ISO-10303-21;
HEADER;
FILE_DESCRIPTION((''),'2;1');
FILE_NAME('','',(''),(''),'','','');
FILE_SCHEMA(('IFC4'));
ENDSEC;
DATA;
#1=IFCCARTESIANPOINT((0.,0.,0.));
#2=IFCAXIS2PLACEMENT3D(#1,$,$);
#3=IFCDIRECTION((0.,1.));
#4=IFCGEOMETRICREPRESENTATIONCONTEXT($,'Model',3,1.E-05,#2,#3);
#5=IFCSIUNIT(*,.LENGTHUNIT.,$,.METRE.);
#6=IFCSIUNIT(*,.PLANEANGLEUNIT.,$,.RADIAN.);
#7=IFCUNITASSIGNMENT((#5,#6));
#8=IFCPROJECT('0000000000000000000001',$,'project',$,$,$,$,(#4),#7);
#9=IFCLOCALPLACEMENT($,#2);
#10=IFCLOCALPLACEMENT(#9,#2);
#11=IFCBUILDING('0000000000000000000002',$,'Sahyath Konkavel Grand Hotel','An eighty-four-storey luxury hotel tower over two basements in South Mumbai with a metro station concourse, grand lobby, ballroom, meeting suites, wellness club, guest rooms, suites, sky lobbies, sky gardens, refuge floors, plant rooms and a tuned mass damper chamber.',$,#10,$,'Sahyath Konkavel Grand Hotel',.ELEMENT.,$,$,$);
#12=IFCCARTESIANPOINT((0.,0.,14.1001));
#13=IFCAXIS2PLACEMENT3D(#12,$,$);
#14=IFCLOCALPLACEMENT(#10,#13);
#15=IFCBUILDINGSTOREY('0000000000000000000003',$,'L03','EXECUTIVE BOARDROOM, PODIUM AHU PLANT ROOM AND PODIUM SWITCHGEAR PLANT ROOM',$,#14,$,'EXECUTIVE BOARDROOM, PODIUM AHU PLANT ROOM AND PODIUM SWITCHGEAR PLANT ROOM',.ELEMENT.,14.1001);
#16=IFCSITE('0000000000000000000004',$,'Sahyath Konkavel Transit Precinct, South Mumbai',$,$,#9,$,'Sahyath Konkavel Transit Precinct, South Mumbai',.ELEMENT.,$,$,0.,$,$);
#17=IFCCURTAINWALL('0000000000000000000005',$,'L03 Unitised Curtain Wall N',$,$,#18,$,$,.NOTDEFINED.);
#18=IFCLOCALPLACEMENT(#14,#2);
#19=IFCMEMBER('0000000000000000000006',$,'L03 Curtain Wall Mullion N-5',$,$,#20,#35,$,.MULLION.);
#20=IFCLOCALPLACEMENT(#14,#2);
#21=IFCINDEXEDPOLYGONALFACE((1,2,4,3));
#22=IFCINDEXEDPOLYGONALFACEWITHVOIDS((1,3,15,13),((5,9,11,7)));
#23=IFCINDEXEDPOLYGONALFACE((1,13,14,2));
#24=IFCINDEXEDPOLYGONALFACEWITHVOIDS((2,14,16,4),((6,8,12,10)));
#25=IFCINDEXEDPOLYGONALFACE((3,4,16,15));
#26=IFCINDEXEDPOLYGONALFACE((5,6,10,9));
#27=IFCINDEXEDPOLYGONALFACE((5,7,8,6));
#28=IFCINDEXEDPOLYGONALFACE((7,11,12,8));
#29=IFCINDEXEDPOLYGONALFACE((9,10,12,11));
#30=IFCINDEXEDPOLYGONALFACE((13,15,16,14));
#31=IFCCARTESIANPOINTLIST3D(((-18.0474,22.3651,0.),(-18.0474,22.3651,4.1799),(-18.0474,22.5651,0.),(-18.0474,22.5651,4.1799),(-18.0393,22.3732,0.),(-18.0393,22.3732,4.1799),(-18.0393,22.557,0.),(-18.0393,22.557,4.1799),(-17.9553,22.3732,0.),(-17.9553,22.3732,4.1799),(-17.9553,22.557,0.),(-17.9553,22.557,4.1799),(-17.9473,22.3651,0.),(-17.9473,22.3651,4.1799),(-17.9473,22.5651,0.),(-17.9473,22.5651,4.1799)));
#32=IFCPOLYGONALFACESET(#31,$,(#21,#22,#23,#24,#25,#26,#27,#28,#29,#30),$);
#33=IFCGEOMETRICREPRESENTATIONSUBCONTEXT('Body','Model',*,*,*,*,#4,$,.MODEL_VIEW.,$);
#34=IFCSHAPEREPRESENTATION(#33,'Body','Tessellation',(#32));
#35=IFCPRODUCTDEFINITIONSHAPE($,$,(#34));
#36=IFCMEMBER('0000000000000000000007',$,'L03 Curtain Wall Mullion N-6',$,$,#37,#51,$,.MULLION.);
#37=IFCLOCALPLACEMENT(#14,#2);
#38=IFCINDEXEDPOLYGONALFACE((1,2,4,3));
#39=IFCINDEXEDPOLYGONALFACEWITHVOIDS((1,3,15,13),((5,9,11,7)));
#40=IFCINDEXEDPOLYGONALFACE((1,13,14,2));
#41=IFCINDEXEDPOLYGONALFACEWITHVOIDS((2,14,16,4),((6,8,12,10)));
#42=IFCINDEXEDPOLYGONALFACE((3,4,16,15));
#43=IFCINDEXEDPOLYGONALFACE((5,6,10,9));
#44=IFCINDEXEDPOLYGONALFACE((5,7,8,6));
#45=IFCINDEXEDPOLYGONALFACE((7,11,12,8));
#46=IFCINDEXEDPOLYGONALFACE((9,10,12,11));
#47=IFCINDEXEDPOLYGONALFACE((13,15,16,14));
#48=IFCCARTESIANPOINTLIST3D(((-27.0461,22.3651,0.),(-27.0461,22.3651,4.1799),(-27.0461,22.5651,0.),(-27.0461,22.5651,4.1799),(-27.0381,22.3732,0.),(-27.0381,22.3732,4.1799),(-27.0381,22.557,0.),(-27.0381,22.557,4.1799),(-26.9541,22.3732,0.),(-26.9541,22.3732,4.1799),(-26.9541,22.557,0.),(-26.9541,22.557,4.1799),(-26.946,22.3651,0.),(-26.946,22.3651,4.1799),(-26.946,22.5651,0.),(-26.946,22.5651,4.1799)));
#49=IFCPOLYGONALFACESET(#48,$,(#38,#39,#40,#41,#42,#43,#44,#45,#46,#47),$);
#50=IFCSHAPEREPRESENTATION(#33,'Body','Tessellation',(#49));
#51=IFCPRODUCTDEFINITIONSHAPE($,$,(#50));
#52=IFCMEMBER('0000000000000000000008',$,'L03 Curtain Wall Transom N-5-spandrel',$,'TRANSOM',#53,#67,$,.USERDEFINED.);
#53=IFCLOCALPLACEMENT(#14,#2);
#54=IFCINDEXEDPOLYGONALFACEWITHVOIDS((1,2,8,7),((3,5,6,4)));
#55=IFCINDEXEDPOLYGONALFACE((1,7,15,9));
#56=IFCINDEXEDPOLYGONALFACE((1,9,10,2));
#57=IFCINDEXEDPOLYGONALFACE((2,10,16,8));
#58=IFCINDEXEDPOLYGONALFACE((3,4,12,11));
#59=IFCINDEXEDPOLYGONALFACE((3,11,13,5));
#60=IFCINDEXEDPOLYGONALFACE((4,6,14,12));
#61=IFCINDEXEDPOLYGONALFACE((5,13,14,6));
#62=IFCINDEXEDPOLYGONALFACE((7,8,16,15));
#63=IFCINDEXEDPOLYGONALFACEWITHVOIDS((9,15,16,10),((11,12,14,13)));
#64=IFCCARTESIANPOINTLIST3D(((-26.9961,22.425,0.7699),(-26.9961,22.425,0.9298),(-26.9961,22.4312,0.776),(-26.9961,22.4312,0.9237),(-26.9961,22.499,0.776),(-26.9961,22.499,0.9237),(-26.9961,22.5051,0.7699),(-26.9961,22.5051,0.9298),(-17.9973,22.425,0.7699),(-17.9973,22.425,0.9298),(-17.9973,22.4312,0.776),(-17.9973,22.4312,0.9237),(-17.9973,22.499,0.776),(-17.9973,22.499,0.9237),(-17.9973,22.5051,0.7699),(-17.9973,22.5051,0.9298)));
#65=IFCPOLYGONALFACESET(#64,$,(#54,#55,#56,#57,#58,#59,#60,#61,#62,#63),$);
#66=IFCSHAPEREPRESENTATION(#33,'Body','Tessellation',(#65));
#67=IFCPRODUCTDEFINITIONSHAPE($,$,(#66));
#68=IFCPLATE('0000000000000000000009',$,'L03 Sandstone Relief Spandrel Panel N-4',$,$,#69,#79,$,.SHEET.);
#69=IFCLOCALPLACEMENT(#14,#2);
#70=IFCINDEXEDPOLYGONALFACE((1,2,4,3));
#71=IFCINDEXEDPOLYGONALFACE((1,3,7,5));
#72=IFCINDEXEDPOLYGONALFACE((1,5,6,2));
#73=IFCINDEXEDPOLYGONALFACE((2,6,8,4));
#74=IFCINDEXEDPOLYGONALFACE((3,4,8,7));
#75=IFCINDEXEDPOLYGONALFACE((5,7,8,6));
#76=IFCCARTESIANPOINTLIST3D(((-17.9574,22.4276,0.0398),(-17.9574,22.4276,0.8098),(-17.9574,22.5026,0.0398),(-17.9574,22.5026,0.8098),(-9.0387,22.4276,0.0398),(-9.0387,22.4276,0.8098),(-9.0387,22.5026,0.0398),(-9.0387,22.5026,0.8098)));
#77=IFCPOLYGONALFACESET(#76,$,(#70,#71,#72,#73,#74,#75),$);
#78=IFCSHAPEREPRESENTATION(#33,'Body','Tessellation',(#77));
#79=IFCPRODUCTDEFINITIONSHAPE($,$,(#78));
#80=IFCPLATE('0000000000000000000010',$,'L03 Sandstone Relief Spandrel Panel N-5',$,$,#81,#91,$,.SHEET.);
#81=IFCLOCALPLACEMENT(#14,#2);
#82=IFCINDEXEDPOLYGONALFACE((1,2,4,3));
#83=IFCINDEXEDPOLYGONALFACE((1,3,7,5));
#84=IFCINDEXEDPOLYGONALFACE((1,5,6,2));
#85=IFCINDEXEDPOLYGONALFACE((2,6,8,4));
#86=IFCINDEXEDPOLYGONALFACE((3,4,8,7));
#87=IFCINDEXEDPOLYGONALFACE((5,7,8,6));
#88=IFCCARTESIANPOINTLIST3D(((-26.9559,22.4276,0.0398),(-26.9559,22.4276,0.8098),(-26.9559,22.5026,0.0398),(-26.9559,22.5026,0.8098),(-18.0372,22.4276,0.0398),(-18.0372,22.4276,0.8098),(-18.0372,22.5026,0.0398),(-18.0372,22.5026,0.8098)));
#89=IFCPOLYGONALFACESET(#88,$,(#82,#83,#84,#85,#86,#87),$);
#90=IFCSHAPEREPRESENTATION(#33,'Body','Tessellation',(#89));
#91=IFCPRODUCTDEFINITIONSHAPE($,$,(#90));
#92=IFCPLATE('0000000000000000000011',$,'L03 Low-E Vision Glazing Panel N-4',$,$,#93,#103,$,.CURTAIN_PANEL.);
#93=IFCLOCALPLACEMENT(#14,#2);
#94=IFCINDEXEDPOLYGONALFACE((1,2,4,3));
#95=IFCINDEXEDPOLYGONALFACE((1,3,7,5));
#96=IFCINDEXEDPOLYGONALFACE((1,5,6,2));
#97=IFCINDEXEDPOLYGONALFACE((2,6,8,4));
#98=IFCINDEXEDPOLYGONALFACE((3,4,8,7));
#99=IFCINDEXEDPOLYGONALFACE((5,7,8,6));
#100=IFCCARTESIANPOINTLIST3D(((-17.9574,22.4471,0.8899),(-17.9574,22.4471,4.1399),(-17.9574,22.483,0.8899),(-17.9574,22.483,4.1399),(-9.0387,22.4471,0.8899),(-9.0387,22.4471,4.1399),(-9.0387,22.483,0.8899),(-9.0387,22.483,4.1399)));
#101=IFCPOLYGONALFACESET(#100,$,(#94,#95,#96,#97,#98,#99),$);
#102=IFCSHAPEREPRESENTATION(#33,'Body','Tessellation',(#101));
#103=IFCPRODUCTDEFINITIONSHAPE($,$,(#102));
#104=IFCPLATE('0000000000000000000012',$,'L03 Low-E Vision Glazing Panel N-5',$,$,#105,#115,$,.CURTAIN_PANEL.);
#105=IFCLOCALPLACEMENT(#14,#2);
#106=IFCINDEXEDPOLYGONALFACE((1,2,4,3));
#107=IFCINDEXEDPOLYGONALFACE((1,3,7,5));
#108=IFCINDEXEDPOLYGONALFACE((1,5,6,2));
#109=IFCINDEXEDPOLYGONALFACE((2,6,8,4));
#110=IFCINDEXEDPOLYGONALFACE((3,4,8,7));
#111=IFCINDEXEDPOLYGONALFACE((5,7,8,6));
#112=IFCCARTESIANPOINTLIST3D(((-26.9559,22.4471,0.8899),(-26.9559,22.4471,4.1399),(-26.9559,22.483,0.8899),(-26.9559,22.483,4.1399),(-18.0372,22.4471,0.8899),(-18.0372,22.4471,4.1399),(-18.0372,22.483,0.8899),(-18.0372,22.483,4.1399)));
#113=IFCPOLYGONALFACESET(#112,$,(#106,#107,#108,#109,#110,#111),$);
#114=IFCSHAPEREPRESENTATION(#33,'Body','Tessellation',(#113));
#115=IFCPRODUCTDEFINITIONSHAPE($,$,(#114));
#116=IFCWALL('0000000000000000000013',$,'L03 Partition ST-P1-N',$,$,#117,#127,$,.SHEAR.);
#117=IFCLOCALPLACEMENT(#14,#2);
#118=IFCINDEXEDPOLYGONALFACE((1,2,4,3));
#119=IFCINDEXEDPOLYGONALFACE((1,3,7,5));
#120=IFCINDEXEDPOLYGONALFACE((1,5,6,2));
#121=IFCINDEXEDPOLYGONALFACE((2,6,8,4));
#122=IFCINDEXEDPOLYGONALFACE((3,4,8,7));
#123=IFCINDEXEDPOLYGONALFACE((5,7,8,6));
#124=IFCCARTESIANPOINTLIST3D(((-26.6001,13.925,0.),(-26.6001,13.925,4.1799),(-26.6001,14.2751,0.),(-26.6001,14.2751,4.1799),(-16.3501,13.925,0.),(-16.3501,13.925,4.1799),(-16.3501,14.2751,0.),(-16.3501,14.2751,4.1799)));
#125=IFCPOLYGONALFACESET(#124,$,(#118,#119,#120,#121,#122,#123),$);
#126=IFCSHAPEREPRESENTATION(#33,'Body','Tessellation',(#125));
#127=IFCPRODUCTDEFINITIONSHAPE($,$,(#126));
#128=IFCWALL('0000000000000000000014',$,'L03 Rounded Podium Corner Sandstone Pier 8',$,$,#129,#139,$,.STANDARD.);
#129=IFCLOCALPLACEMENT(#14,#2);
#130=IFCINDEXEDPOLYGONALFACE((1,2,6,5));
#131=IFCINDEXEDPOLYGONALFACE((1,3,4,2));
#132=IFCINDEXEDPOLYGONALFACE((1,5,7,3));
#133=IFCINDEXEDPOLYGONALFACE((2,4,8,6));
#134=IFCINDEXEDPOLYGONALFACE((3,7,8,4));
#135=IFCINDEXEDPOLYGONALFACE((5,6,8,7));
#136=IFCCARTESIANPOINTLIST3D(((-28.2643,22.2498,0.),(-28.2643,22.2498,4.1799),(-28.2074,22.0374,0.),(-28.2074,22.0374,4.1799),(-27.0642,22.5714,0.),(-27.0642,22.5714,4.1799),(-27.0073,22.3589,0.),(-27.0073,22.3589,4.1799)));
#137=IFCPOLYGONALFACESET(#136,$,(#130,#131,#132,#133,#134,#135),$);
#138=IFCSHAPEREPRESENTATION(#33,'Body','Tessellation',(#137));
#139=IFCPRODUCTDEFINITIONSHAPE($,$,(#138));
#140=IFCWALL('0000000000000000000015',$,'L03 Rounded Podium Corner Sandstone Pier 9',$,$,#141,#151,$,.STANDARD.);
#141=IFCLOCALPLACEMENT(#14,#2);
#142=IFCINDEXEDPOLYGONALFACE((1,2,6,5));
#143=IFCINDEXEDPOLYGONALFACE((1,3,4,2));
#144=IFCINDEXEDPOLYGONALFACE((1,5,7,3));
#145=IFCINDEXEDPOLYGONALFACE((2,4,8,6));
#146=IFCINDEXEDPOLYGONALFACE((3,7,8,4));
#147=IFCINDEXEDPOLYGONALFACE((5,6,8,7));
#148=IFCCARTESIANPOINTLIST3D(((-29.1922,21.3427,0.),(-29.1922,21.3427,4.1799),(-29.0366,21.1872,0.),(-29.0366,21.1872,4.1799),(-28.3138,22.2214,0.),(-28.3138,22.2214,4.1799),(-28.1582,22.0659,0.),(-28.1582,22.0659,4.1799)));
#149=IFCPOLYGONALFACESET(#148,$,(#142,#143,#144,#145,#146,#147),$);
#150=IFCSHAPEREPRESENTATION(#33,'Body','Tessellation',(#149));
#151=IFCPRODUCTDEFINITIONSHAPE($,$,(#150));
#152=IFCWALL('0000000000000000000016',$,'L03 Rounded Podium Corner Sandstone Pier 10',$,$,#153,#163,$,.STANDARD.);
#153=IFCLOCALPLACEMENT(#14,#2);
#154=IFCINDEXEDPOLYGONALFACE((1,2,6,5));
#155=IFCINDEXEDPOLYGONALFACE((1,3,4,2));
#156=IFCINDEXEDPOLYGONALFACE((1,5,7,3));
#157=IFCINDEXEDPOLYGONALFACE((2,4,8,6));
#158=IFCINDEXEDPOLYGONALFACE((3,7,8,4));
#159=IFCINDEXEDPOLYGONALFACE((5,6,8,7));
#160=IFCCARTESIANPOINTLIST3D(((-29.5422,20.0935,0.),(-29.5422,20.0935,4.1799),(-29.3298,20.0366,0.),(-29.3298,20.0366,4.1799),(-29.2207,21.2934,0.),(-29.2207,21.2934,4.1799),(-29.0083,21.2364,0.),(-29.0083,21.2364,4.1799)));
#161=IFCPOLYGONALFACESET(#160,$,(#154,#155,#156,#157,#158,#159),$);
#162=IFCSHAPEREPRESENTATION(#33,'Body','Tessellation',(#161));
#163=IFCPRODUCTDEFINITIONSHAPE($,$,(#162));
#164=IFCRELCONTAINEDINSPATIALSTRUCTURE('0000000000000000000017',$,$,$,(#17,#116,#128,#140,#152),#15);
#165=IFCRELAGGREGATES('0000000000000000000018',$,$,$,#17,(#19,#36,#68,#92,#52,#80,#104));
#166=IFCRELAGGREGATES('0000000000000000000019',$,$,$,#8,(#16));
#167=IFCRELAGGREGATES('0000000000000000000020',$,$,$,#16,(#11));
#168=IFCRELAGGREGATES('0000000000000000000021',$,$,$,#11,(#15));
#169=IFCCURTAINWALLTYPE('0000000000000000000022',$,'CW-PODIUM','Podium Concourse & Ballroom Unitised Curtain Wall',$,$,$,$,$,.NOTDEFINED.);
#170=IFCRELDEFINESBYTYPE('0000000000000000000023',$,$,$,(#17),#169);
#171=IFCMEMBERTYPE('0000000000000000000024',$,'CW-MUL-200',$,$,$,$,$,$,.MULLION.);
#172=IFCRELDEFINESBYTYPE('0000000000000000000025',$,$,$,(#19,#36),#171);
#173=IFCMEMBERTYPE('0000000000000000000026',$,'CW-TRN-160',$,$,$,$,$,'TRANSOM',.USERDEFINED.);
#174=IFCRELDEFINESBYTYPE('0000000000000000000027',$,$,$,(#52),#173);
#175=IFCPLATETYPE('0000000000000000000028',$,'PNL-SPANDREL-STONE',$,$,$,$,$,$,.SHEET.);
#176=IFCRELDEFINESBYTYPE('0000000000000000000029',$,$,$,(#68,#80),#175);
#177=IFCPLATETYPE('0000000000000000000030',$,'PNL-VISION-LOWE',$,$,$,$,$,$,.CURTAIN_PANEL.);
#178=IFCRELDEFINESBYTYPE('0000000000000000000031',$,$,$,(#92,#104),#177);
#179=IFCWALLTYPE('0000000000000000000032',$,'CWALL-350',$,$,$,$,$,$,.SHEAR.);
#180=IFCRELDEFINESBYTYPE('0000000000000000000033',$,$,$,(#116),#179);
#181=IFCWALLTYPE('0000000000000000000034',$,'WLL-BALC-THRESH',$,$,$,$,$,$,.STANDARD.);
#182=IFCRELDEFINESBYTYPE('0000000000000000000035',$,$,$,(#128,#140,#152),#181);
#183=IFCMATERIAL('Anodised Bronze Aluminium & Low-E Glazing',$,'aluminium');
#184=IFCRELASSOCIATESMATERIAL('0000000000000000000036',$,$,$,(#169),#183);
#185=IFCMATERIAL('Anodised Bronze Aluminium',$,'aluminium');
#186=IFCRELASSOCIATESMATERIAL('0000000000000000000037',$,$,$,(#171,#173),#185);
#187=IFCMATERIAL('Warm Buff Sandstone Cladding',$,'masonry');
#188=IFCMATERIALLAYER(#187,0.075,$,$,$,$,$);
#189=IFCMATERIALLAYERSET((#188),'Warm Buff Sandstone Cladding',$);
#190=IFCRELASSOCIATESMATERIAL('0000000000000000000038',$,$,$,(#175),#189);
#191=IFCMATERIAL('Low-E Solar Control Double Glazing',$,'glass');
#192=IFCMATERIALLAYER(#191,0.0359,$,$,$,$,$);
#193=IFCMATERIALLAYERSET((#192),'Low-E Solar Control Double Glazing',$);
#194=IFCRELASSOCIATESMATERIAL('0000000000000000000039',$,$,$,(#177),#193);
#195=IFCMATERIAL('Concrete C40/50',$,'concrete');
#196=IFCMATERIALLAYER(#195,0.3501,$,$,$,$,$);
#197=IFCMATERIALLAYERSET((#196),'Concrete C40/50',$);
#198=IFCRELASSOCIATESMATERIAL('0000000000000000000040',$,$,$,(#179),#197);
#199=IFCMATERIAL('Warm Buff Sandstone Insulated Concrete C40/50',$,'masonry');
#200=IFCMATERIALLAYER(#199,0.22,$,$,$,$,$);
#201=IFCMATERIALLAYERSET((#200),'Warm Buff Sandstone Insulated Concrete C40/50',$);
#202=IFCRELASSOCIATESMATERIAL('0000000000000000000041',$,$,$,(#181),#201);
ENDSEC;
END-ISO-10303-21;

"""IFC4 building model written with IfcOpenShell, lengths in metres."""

from ifc_helpers import new_model, si_unit, direction, frame, frame_2d, origin, origin_2d, place, context, subcontext, project, spatial, rectangle, hollow_rectangle, extrude, source, transform, mapped, material, layer, layer_set, material_profile, profile_set, type_object, element, aggregate, save


model = new_model("IFC4")

# Units and contexts
model_context = context("Model", 3, precision=1e-05, world=origin(), true_north=direction((0.0, 1.0)))
body_context = subcontext(model_context, "Body", "Model", "MODEL_VIEW")
ifc_project = project(units=[si_unit("LENGTHUNIT", "METRE"), si_unit("PLANEANGLEUNIT", "RADIAN")], contexts=[model_context])

# Site, building, storey
site_placement = place(None, origin())
site = spatial("IfcSite", under=ifc_project, at=site_placement, Name="Sahyath Konkavel Transit Precinct, South Mumbai", LongName="Sahyath Konkavel Transit Precinct, South Mumbai", CompositionType="ELEMENT", RefElevation=0.0)
building_placement = place(site_placement, origin())
building = spatial("IfcBuilding", under=site, at=building_placement, Name="Sahyath Konkavel Grand Hotel", Description="An eighty-four-storey luxury hotel tower over two basements in South Mumbai with a metro station concourse, grand lobby, ballroom, meeting suites, wellness club, guest rooms, suites, sky lobbies, sky gardens, refuge floors, plant rooms and a tuned mass damper chamber.", LongName="Sahyath Konkavel Grand Hotel", CompositionType="ELEMENT")
storey_placement = place(building_placement, frame((0.0, 0.0, 14.1001)))
storey = spatial("IfcBuildingStorey", under=building, at=storey_placement, Name="L03", Description="EXECUTIVE BOARDROOM, PODIUM AHU PLANT ROOM AND PODIUM SWITCHGEAR PLANT ROOM", LongName="EXECUTIVE BOARDROOM, PODIUM AHU PLANT ROOM AND PODIUM SWITCHGEAR PLANT ROOM", CompositionType="ELEMENT", Elevation=14.1001)

# Curtain wall, members, plates
ifc_material_1 = material(Name="Anodised Bronze Aluminium & Low-E Glazing", Category="aluminium")
curtain_wall_type = type_object("IfcCurtainWallType", Name="CW-PODIUM", Description="Podium Concourse & Ballroom Unitised Curtain Wall", PredefinedType="NOTDEFINED", material=ifc_material_1)
curtain_wall_placement = place(storey_placement, origin())
curtain_wall = element("IfcCurtainWall", 1, at=curtain_wall_placement, inside=storey, type_object=curtain_wall_type, Name="L03 Unitised Curtain Wall N", PredefinedType="NOTDEFINED")
ifc_material_2 = material(Name="Anodised Bronze Aluminium", Category="aluminium")
ifc_material_profile_1 = material_profile(ifc_material_2, hollow_rectangle(XDim=0.1001, YDim=0.2, WallThickness=0.0081, at=origin_2d()), Name="RHS 200x100x8")
ifc_profile_set_1 = profile_set([ifc_material_profile_1], Name="Anodised Bronze Aluminium")
member_type_1 = type_object("IfcMemberType", Name="CW-MUL-200", PredefinedType="MULLION", material=ifc_profile_set_1)
shared_shape_1 = source(origin(), body_context, "Body", "SweptSolid", [
    extrude(hollow_rectangle(XDim=0.1001, YDim=0.2, WallThickness=0.0081, at=origin_2d()), origin(), (0.0, 0.0, 1.0), 4.1799),
])
member_1_placement = place(storey_placement, frame((-17.9973, 22.4651, 0.0), z_axis=(0.0, 0.0, 1.0), x_axis=(1.0, 0.0, 0.0)))
member_1 = element("IfcMember", 2, at=member_1_placement, type_object=member_type_1, Name="L03 Curtain Wall Mullion N-5", PredefinedType="MULLION", context=body_context, shape_type="MappedRepresentation", body=[
    mapped(shared_shape_1, transform((0.0, 0.0, 0.0), scale=1.0)),
])
member_2_placement = place(storey_placement, frame((-26.9961, 22.4651, 0.0), z_axis=(0.0, 0.0, 1.0), x_axis=(1.0, 0.0, 0.0)))
member_2 = element("IfcMember", 3, at=member_2_placement, type_object=member_type_1, Name="L03 Curtain Wall Mullion N-6", PredefinedType="MULLION", context=body_context, shape_type="MappedRepresentation", body=[
    mapped(shared_shape_1, transform((0.0, 0.0, 0.0), scale=1.0)),
])
ifc_material_profile_2 = material_profile(ifc_material_2, hollow_rectangle(XDim=0.0801, YDim=0.1599, WallThickness=0.0061, at=origin_2d()), Name="RHS 160x80x6")
ifc_profile_set_2 = profile_set([ifc_material_profile_2], Name="Anodised Bronze Aluminium")
member_type_2 = type_object("IfcMemberType", Name="CW-TRN-160", ElementType="TRANSOM", PredefinedType="USERDEFINED", material=ifc_profile_set_2)
shared_shape_2 = source(origin(), body_context, "Body", "SweptSolid", [
    extrude(hollow_rectangle(XDim=0.0801, YDim=0.1599, WallThickness=0.0061, at=origin_2d()), origin(), (0.0, 0.0, 1.0), 8.9988),
])
member_3_placement = place(storey_placement, frame((-17.9973, 22.4651, 0.8499), z_axis=(-1.0, 0.0, 0.0), x_axis=(0.0, -1.0, 0.0)))
member_3 = element("IfcMember", 4, at=member_3_placement, type_object=member_type_2, Name="L03 Curtain Wall Transom N-5-spandrel", ObjectType="TRANSOM", PredefinedType="USERDEFINED", context=body_context, shape_type="MappedRepresentation", body=[
    mapped(shared_shape_2, transform((0.0, 0.0, 0.0), scale=1.0)),
])
ifc_material_3 = material(Name="Warm Buff Sandstone Cladding", Category="masonry")
ifc_layer_1 = layer(ifc_material_3, 0.075)
ifc_layer_set_1 = layer_set([ifc_layer_1], Name="Warm Buff Sandstone Cladding")
plate_type_1 = type_object("IfcPlateType", Name="PNL-SPANDREL-STONE", PredefinedType="SHEET", material=ifc_layer_set_1)
shared_shape_3 = source(origin(), body_context, "Body", "SweptSolid", [
    extrude(rectangle(XDim=8.9187, YDim=0.075, at=origin_2d()), origin(), (0.0, 0.0, 1.0), 0.77),
])
plate_1_placement = place(storey_placement, frame((-13.498, 22.4651, 0.0398), z_axis=(0.0, 0.0, 1.0), x_axis=(-1.0, 0.0, 0.0)))
plate_1 = element("IfcPlate", 5, at=plate_1_placement, type_object=plate_type_1, Name="L03 Sandstone Relief Spandrel Panel N-4", PredefinedType="SHEET", context=body_context, shape_type="MappedRepresentation", body=[
    mapped(shared_shape_3, transform((0.0, 0.0, 0.0), scale=1.0)),
])
plate_2_placement = place(storey_placement, frame((-22.4966, 22.4651, 0.0398), z_axis=(0.0, 0.0, 1.0), x_axis=(-1.0, 0.0, 0.0)))
plate_2 = element("IfcPlate", 6, at=plate_2_placement, type_object=plate_type_1, Name="L03 Sandstone Relief Spandrel Panel N-5", PredefinedType="SHEET", context=body_context, shape_type="MappedRepresentation", body=[
    mapped(shared_shape_3, transform((0.0, 0.0, 0.0), scale=1.0)),
])
ifc_material_4 = material(Name="Low-E Solar Control Double Glazing", Category="glass")
ifc_layer_2 = layer(ifc_material_4, 0.0359)
ifc_layer_set_2 = layer_set([ifc_layer_2], Name="Low-E Solar Control Double Glazing")
plate_type_2 = type_object("IfcPlateType", Name="PNL-VISION-LOWE", PredefinedType="CURTAIN_PANEL", material=ifc_layer_set_2)
shared_shape_4 = source(origin(), body_context, "Body", "SweptSolid", [
    extrude(rectangle(XDim=8.9187, YDim=0.0359, at=origin_2d()), origin(), (0.0, 0.0, 1.0), 3.25),
])
plate_3_placement = place(storey_placement, frame((-13.498, 22.4651, 0.8899), z_axis=(0.0, 0.0, 1.0), x_axis=(-1.0, 0.0, 0.0)))
plate_3 = element("IfcPlate", 7, at=plate_3_placement, type_object=plate_type_2, Name="L03 Low-E Vision Glazing Panel N-4", PredefinedType="CURTAIN_PANEL", context=body_context, shape_type="MappedRepresentation", body=[
    mapped(shared_shape_4, transform((0.0, 0.0, 0.0), scale=1.0)),
])
plate_4_placement = place(storey_placement, frame((-22.4966, 22.4651, 0.8899), z_axis=(0.0, 0.0, 1.0), x_axis=(-1.0, 0.0, 0.0)))
plate_4 = element("IfcPlate", 8, at=plate_4_placement, type_object=plate_type_2, Name="L03 Low-E Vision Glazing Panel N-5", PredefinedType="CURTAIN_PANEL", context=body_context, shape_type="MappedRepresentation", body=[
    mapped(shared_shape_4, transform((0.0, 0.0, 0.0), scale=1.0)),
])
aggregate(curtain_wall, [member_1, member_2, plate_1, plate_3, member_3, plate_2, plate_4])

# Walls
ifc_material_5 = material(Name="Concrete C40/50", Category="concrete")
ifc_layer_3 = layer(ifc_material_5, 0.3501)
ifc_layer_set_3 = layer_set([ifc_layer_3], Name="Concrete C40/50")
wall_type_1 = type_object("IfcWallType", Name="CWALL-350", PredefinedType="SHEAR", material=ifc_layer_set_3)
wall_1_placement = place(storey_placement, frame((-26.6001, 14.1001, 0.0), z_axis=(0.0, 0.0, 1.0), x_axis=(1.0, 0.0, 0.0)))
element("IfcWall", 9, at=wall_1_placement, inside=storey, type_object=wall_type_1, Name="L03 Partition ST-P1-N", PredefinedType="SHEAR", context=body_context, shape_type="SweptSolid", body=[
    extrude(rectangle(XDim=10.25, YDim=0.3501, at=frame_2d((5.125, 0.0))), origin(), (0.0, 0.0, 1.0), 4.1799),
])
ifc_material_6 = material(Name="Warm Buff Sandstone Insulated Concrete C40/50", Category="masonry")
ifc_layer_4 = layer(ifc_material_6, 0.22)
ifc_layer_set_4 = layer_set([ifc_layer_4], Name="Warm Buff Sandstone Insulated Concrete C40/50")
wall_type_2 = type_object("IfcWallType", Name="WLL-BALC-THRESH", PredefinedType="STANDARD", material=ifc_layer_set_4)
for number, where, z_axis, x_axis, name in (
    (10, (-27.0359, 22.4651, 0.0), (0.0, 0.0, 1.0), (-0.965938, -0.258775, 0.0), "L03 Rounded Podium Corner Sandstone Pier 8"),
    (11, (-28.2361, 22.1436, 0.0), (0.0, 0.0, 1.0), (-0.707009, -0.707205, 0.0), "L03 Rounded Podium Corner Sandstone Pier 9"),
):
    element("IfcWall", number, at=place(storey_placement, frame(where, z_axis=z_axis, x_axis=x_axis)), inside=storey, type_object=wall_type_2, Name=name, PredefinedType="STANDARD", context=body_context, shape_type="SweptSolid", body=[
        extrude(rectangle(XDim=1.2424, YDim=0.22, at=frame_2d((0.6211, 0.0))), origin(), (0.0, 0.0, 1.0), 4.1799),
    ])
wall_2_placement = place(storey_placement, frame((-29.1145, 21.2649, 0.0), z_axis=(0.0, 0.0, 1.0), x_axis=(-0.258824, -0.965924, 0.0)))
element("IfcWall", 12, at=wall_2_placement, inside=storey, type_object=wall_type_2, Name="L03 Rounded Podium Corner Sandstone Pier 10", PredefinedType="STANDARD", context=body_context, shape_type="SweptSolid", body=[
    extrude(rectangle(XDim=1.2422, YDim=0.22, at=frame_2d((0.6211, 0.0))), origin(), (0.0, 0.0, 1.0), 4.1799),
])

save(model, "model.ifc")
